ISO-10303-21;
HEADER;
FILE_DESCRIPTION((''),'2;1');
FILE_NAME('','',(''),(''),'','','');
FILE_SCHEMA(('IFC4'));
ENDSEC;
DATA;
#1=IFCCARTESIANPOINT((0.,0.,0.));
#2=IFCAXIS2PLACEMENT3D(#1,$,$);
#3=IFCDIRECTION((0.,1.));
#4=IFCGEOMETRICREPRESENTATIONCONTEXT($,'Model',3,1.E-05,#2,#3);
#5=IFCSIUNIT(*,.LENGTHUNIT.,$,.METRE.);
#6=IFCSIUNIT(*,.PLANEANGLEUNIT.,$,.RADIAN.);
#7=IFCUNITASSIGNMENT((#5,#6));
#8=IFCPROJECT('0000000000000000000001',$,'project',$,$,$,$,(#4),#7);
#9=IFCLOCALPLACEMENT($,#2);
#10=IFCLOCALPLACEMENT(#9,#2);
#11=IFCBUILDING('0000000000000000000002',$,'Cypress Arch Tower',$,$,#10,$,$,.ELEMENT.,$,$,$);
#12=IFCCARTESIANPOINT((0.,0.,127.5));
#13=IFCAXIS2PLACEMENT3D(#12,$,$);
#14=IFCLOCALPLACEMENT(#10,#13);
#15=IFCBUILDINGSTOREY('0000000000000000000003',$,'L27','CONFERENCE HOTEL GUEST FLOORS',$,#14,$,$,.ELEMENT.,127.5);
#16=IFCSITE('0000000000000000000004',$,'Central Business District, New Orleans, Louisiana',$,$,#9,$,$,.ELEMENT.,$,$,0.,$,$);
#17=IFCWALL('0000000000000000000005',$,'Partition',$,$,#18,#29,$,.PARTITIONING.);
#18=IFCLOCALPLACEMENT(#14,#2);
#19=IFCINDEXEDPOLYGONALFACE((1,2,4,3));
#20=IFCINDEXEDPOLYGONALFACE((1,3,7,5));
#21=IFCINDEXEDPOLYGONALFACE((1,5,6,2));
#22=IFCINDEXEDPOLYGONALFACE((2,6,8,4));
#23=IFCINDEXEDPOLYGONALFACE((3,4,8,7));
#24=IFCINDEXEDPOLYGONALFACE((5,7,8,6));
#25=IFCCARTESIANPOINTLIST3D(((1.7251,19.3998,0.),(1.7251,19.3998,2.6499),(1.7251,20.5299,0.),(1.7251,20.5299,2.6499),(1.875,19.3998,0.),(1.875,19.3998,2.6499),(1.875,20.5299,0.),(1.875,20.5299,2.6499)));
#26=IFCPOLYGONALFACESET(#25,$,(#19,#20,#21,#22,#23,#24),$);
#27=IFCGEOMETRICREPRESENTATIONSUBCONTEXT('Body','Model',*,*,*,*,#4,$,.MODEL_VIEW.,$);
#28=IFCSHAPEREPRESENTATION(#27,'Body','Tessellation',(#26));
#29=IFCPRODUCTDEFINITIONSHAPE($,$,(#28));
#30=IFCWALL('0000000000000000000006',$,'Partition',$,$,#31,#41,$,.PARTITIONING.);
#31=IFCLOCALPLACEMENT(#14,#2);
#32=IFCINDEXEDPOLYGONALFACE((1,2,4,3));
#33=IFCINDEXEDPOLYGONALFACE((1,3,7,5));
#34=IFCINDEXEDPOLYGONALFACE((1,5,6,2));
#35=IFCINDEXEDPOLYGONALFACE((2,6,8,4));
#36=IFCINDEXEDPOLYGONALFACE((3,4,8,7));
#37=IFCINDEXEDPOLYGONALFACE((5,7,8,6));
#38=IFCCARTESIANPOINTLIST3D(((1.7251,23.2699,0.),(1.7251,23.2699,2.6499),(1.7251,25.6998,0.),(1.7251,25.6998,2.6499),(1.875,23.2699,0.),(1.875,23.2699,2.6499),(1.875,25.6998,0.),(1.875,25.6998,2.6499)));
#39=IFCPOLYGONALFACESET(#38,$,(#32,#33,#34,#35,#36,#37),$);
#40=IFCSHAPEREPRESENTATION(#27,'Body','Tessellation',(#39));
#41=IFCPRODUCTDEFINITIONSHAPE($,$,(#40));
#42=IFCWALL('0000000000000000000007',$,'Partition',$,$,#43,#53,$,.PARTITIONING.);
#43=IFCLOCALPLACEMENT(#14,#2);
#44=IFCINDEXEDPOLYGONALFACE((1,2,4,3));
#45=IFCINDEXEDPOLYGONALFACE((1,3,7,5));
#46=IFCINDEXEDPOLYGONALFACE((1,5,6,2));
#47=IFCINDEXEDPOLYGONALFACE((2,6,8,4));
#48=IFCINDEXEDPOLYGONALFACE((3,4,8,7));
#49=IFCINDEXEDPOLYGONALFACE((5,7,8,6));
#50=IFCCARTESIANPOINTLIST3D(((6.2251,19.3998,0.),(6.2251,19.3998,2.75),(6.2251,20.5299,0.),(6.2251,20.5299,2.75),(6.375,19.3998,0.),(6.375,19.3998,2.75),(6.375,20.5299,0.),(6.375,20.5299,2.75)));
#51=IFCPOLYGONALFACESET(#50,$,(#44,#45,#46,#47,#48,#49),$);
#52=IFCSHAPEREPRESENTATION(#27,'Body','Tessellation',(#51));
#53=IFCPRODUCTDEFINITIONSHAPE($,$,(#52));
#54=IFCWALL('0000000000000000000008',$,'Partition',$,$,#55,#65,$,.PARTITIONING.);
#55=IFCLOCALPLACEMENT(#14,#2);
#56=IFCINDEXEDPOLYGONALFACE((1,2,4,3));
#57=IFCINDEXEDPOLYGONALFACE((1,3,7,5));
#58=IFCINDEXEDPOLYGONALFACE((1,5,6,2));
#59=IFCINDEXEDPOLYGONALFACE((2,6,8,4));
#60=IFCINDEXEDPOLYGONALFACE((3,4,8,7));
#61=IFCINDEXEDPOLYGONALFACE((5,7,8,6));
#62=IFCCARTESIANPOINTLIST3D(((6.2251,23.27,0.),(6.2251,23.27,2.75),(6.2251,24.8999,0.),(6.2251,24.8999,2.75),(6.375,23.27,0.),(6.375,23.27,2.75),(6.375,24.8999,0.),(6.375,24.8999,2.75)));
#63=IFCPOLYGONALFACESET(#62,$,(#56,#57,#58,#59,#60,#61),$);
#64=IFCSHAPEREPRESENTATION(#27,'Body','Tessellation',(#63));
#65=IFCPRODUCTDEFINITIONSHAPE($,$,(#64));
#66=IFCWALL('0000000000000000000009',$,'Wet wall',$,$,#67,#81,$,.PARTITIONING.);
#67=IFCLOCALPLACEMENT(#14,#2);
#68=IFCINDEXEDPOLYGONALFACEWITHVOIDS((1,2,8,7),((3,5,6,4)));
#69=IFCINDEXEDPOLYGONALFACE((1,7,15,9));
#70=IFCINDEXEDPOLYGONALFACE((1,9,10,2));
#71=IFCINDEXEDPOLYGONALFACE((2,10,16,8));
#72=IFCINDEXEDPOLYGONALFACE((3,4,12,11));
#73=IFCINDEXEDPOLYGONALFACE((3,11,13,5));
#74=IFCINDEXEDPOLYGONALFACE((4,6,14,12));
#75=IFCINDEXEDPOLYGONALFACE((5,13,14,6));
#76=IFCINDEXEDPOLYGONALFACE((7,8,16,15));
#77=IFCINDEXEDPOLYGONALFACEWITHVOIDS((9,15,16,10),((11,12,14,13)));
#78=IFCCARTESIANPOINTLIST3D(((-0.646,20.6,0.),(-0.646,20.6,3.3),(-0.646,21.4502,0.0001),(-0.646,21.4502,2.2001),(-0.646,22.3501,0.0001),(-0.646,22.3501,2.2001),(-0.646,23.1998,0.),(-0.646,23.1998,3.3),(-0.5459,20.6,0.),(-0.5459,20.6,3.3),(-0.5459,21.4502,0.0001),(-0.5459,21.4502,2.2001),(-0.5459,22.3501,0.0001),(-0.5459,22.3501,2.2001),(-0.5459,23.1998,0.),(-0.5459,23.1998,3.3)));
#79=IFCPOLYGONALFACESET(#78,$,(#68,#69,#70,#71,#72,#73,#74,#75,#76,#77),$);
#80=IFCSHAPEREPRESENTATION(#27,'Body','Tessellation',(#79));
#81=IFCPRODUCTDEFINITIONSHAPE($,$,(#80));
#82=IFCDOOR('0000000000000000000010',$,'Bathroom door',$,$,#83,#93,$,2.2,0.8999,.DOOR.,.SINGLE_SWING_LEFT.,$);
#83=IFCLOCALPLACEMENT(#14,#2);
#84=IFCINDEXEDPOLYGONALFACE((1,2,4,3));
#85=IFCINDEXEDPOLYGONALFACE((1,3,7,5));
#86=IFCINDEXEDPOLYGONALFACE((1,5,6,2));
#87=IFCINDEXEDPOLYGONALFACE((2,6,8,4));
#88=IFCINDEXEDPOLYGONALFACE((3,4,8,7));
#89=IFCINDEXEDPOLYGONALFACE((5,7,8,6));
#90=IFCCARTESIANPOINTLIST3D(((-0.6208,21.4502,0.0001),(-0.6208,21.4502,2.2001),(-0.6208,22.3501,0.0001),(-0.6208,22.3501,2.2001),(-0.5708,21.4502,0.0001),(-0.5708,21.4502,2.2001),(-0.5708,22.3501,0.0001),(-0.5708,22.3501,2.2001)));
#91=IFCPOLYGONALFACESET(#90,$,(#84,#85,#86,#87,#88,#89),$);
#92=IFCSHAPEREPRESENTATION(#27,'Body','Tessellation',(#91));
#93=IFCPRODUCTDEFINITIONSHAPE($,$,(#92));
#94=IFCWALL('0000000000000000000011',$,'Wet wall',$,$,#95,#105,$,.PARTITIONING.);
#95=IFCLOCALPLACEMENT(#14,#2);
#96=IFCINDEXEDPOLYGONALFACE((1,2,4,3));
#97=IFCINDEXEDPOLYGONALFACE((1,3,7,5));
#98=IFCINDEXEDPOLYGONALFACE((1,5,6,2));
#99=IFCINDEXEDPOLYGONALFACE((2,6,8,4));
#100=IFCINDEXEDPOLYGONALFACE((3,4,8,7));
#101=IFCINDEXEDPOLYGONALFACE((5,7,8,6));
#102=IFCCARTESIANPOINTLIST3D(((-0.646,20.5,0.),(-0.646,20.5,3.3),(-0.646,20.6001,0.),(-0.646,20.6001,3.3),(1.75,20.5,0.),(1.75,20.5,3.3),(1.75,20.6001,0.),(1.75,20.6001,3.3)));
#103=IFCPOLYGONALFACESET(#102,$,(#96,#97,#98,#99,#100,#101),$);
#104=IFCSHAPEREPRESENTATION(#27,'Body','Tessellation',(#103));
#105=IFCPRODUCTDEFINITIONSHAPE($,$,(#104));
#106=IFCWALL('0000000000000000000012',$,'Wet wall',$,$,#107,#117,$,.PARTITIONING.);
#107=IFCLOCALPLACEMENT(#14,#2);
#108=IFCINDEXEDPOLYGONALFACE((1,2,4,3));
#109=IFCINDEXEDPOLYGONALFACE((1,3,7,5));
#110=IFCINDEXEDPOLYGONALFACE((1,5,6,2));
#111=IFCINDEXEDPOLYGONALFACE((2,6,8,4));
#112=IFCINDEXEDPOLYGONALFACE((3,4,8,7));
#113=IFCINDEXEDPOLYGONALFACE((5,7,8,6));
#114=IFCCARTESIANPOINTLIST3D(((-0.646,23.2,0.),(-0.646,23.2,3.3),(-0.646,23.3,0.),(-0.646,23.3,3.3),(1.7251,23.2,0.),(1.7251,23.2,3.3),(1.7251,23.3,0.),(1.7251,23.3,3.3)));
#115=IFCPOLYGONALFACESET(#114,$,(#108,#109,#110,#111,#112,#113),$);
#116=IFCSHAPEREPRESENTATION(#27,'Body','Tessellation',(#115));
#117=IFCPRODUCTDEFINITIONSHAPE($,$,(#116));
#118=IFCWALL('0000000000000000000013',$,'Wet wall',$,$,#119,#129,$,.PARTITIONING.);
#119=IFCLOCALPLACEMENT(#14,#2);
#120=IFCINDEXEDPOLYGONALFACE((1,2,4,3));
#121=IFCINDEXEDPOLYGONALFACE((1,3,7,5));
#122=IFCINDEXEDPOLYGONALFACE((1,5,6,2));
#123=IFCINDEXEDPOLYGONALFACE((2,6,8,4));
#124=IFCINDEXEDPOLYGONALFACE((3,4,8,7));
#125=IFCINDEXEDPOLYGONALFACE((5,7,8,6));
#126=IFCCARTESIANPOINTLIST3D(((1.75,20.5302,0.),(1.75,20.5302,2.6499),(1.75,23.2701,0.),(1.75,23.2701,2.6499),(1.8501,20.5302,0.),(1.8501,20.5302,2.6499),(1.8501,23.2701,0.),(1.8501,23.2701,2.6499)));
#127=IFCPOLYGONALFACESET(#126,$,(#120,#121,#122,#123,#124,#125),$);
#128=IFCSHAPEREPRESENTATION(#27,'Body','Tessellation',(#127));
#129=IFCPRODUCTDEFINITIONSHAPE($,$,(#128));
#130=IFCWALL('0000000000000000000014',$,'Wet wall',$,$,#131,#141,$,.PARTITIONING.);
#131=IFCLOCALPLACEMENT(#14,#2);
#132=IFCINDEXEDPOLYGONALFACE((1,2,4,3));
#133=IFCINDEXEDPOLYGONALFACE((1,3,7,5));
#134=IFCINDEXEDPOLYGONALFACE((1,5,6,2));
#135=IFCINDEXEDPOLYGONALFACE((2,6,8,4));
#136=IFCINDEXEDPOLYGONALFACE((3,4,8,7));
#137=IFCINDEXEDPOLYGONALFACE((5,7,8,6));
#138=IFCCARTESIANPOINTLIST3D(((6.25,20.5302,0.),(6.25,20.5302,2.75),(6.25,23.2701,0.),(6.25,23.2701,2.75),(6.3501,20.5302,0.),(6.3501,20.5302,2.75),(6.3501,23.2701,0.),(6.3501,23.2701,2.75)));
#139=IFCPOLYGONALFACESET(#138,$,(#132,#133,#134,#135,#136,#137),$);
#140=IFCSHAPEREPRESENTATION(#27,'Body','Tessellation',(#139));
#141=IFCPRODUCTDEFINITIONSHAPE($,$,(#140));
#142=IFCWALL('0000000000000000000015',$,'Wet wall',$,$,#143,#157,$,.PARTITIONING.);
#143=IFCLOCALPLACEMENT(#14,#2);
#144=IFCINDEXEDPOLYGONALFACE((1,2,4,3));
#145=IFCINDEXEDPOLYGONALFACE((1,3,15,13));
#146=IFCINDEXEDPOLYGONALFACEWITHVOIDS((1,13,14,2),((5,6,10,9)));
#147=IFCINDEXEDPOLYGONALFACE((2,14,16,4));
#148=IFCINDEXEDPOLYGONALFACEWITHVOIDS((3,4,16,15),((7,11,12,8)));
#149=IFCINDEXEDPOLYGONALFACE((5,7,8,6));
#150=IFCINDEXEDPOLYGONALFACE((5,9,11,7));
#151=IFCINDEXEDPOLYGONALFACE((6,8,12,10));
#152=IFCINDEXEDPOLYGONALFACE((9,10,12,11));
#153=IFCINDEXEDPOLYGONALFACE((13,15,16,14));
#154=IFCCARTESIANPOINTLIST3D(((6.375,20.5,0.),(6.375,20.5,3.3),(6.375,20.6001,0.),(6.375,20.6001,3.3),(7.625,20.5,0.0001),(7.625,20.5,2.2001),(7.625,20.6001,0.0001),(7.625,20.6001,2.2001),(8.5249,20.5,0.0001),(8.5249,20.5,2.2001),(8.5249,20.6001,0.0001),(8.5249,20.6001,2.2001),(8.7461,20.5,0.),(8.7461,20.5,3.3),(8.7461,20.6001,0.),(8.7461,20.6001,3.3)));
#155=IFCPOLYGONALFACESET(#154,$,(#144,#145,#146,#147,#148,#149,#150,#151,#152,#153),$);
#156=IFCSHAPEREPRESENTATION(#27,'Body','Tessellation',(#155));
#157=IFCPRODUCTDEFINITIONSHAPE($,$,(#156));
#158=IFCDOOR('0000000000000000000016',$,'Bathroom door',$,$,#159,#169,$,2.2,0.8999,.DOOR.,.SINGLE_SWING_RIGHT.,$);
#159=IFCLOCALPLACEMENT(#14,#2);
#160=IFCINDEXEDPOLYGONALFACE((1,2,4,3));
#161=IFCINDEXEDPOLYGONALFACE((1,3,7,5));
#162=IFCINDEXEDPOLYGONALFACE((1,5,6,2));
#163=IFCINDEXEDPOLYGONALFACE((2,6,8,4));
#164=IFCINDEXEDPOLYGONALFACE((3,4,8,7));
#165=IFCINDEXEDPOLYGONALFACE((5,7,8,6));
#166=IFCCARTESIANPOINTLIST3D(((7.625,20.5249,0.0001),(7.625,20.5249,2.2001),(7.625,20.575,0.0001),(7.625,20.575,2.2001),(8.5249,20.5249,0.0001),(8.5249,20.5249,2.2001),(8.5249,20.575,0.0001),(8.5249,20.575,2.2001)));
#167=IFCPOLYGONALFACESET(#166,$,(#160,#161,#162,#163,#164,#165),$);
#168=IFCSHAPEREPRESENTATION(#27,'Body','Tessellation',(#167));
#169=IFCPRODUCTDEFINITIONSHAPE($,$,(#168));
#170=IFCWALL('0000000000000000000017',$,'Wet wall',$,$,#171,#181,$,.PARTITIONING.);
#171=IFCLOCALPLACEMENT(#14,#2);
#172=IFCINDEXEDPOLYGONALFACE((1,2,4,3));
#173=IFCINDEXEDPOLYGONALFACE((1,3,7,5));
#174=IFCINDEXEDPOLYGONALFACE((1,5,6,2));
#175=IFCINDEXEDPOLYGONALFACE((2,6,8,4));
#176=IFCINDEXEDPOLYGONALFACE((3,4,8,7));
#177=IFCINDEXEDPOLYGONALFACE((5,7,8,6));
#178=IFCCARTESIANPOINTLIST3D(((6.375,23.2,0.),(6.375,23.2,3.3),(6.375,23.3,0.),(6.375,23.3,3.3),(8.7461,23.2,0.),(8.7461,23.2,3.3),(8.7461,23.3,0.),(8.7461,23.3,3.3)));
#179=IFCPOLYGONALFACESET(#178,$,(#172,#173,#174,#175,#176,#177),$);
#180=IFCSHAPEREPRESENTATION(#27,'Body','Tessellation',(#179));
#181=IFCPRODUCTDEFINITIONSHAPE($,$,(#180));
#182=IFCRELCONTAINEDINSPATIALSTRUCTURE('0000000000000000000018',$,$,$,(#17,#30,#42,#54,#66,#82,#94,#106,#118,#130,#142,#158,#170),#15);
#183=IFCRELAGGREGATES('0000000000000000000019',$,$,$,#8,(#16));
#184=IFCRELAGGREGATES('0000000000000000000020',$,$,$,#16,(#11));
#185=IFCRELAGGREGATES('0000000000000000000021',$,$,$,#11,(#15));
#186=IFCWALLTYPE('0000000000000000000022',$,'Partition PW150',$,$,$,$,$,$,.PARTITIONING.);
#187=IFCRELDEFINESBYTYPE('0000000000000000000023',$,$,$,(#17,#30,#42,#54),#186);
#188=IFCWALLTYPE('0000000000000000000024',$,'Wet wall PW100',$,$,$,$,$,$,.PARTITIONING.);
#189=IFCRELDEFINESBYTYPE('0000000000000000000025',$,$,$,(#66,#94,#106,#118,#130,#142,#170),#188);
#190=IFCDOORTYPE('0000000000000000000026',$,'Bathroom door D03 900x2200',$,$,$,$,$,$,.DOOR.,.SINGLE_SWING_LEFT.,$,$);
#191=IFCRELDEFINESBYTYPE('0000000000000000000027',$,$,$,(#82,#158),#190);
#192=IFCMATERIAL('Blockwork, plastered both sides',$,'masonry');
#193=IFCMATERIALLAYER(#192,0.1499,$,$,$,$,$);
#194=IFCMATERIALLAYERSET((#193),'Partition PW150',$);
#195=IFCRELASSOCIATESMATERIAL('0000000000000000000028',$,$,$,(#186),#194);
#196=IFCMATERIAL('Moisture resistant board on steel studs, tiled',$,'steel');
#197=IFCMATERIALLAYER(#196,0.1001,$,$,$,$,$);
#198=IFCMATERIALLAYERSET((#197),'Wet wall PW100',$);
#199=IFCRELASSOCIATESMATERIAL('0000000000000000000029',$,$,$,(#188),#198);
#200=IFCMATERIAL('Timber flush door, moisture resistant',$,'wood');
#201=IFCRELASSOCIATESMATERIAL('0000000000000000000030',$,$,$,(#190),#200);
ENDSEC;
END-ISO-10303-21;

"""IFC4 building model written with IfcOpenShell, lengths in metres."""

from ifc_helpers import new_model, si_unit, direction, frame, frame_2d, origin, place, context, subcontext, project, spatial, rectangle, extrude, material, layer, layer_set, type_object, element, fill, save


model = new_model("IFC4")

# Units and contexts
model_context = context("Model", 3, precision=1e-05, world=origin(), true_north=direction((0.0, 1.0)))
body_context = subcontext(model_context, "Body", "Model", "MODEL_VIEW")
ifc_project = project(units=[si_unit("LENGTHUNIT", "METRE"), si_unit("PLANEANGLEUNIT", "RADIAN")], contexts=[model_context])

# Site, building, storey
site_placement = place(None, origin())
site = spatial("IfcSite", under=ifc_project, at=site_placement, Name="Central Business District, New Orleans, Louisiana", CompositionType="ELEMENT", RefElevation=0.0)
building_placement = place(site_placement, origin())
building = spatial("IfcBuilding", under=site, at=building_placement, Name="Cypress Arch Tower", CompositionType="ELEMENT")
storey_placement = place(building_placement, frame((0.0, 0.0, 127.5)))
storey = spatial("IfcBuildingStorey", under=building, at=storey_placement, Name="L27", Description="CONFERENCE HOTEL GUEST FLOORS", CompositionType="ELEMENT", Elevation=127.5)

# Walls
ifc_material_1 = material(Name="Blockwork, plastered both sides", Category="masonry")
ifc_layer_1 = layer(ifc_material_1, 0.1499)
ifc_layer_set_1 = layer_set([ifc_layer_1], Name="Partition PW150")
wall_type_1 = type_object("IfcWallType", Name="Partition PW150", PredefinedType="PARTITIONING", material=ifc_layer_set_1)
wall_1_placement = place(storey_placement, frame((1.8, 19.3999, 0.0), z_axis=(0.0, 0.0, 1.0), x_axis=(0.0, 1.0, 0.0)))
element("IfcWall", 1, at=wall_1_placement, inside=storey, type_object=wall_type_1, Name="Partition", PredefinedType="PARTITIONING", context=body_context, shape_type="SweptSolid", body=[
    extrude(rectangle(XDim=1.1301, YDim=0.1499, at=frame_2d((0.5649, 0.0))), origin(), (0.0, 0.0, 1.0), 2.6499),
])
wall_2_placement = place(storey_placement, frame((1.8, 23.27, 0.0), z_axis=(0.0, 0.0, 1.0), x_axis=(0.0, 1.0, 0.0)))
element("IfcWall", 2, at=wall_2_placement, inside=storey, type_object=wall_type_1, Name="Partition", PredefinedType="PARTITIONING", context=body_context, shape_type="SweptSolid", body=[
    extrude(rectangle(XDim=2.4299, YDim=0.1499, at=frame_2d((1.2148, 0.0))), origin(), (0.0, 0.0, 1.0), 2.6499),
])
wall_3_placement = place(storey_placement, frame((6.3, 19.3999, 0.0), z_axis=(0.0, 0.0, 1.0), x_axis=(0.0, 1.0, 0.0)))
element("IfcWall", 3, at=wall_3_placement, inside=storey, type_object=wall_type_1, Name="Partition", PredefinedType="PARTITIONING", context=body_context, shape_type="SweptSolid", body=[
    extrude(rectangle(XDim=1.1301, YDim=0.1499, at=frame_2d((0.5649, 0.0))), origin(), (0.0, 0.0, 1.0), 2.75),
])
wall_4_placement = place(storey_placement, frame((6.3, 23.27, 0.0), z_axis=(0.0, 0.0, 1.0), x_axis=(0.0, 1.0, 0.0)))
element("IfcWall", 4, at=wall_4_placement, inside=storey, type_object=wall_type_1, Name="Partition", PredefinedType="PARTITIONING", context=body_context, shape_type="SweptSolid", body=[
    extrude(rectangle(XDim=1.6299, YDim=0.1499, at=frame_2d((0.8149, 0.0))), origin(), (0.0, 0.0, 1.0), 2.75),
])

# Wall, opening, door
ifc_material_2 = material(Name="Moisture resistant board on steel studs, tiled", Category="steel")
ifc_layer_2 = layer(ifc_material_2, 0.1001)
ifc_layer_set_2 = layer_set([ifc_layer_2], Name="Wet wall PW100")
wall_type_2 = type_object("IfcWallType", Name="Wet wall PW100", PredefinedType="PARTITIONING", material=ifc_layer_set_2)
wall_5_placement = place(storey_placement, frame((-0.5959, 20.6001, 0.0), z_axis=(0.0, 0.0, 1.0), x_axis=(0.0, 1.0, 0.0)))
wall_5 = element("IfcWall", 5, at=wall_5_placement, inside=storey, type_object=wall_type_2, Name="Wet wall", PredefinedType="PARTITIONING", context=body_context, shape_type="SweptSolid", body=[
    extrude(rectangle(XDim=2.5999, YDim=0.1001, at=frame_2d((1.2998, 0.0))), origin(), (0.0, 0.0, 1.0), 3.3),
])
opening_1_placement = place(wall_5_placement, frame((0.8501, 0.0, 0.0)))
opening_1 = element("IfcOpeningElement", 6, at=opening_1_placement, cuts=wall_5, PredefinedType="OPENING", context=body_context, shape_type="SweptSolid", body=[
    extrude(rectangle(XDim=0.8999, YDim=2.2, at=frame_2d((0.45, 1.1001))), frame((0.0, 0.0601, 0.0), z_axis=(0.0, -1.0, 0.0), x_axis=(1.0, 0.0, 0.0)), (0.0, 0.0, 1.0), 0.1201),
])
ifc_material_3 = material(Name="Timber flush door, moisture resistant", Category="wood")
door_type_1 = type_object("IfcDoorType", Name="Bathroom door D03 900x2200", OperationType="SINGLE_SWING_LEFT", PredefinedType="DOOR", material=ifc_material_3)
door_1_placement = place(opening_1_placement, origin())
door_1 = element("IfcDoor", 7, at=door_1_placement, inside=storey, type_object=door_type_1, Name="Bathroom door", OperationType="SINGLE_SWING_LEFT", OverallHeight=2.2, OverallWidth=0.8999, PredefinedType="DOOR", context=body_context, shape_type="SweptSolid", body=[
    extrude(rectangle(XDim=0.8999, YDim=2.2, at=frame_2d((0.45, 1.1001))), frame((0.0, 0.0249, 0.0), z_axis=(0.0, -1.0, 0.0), x_axis=(1.0, 0.0, 0.0)), (0.0, 0.0, 1.0), 0.05),
])
fill(opening_1, door_1)

# Walls
wall_6_placement = place(storey_placement, frame((-0.646, 20.55, 0.0), z_axis=(0.0, 0.0, 1.0), x_axis=(1.0, 0.0, 0.0)))
element("IfcWall", 8, at=wall_6_placement, inside=storey, type_object=wall_type_2, Name="Wet wall", PredefinedType="PARTITIONING", context=body_context, shape_type="SweptSolid", body=[
    extrude(rectangle(XDim=2.396, YDim=0.1001, at=frame_2d((1.198, 0.0))), origin(), (0.0, 0.0, 1.0), 3.3),
])
wall_7_placement = place(storey_placement, frame((-0.646, 23.25, 0.0), z_axis=(0.0, 0.0, 1.0), x_axis=(1.0, 0.0, 0.0)))
element("IfcWall", 9, at=wall_7_placement, inside=storey, type_object=wall_type_2, Name="Wet wall", PredefinedType="PARTITIONING", context=body_context, shape_type="SweptSolid", body=[
    extrude(rectangle(XDim=2.3711, YDim=0.1001, at=frame_2d((1.1855, 0.0))), origin(), (0.0, 0.0, 1.0), 3.3),
])
wall_8_placement = place(storey_placement, frame((1.8, 20.53, 0.0), z_axis=(0.0, 0.0, 1.0), x_axis=(0.0, 1.0, 0.0)))
element("IfcWall", 10, at=wall_8_placement, inside=storey, type_object=wall_type_2, Name="Wet wall", PredefinedType="PARTITIONING", context=body_context, shape_type="SweptSolid", body=[
    extrude(rectangle(XDim=2.74, YDim=0.1001, at=frame_2d((1.3701, 0.0))), origin(), (0.0, 0.0, 1.0), 2.6499),
])
wall_9_placement = place(storey_placement, frame((6.3, 20.53, 0.0), z_axis=(0.0, 0.0, 1.0), x_axis=(0.0, 1.0, 0.0)))
element("IfcWall", 11, at=wall_9_placement, inside=storey, type_object=wall_type_2, Name="Wet wall", PredefinedType="PARTITIONING", context=body_context, shape_type="SweptSolid", body=[
    extrude(rectangle(XDim=2.74, YDim=0.1001, at=frame_2d((1.3701, 0.0))), origin(), (0.0, 0.0, 1.0), 2.75),
])

# Wall, opening, door
wall_10_placement = place(storey_placement, frame((6.375, 20.55, 0.0), z_axis=(0.0, 0.0, 1.0), x_axis=(1.0, 0.0, 0.0)))
wall_10 = element("IfcWall", 12, at=wall_10_placement, inside=storey, type_object=wall_type_2, Name="Wet wall", PredefinedType="PARTITIONING", context=body_context, shape_type="SweptSolid", body=[
    extrude(rectangle(XDim=2.3711, YDim=0.1001, at=frame_2d((1.1855, 0.0))), origin(), (0.0, 0.0, 1.0), 3.3),
])
opening_2_placement = place(wall_10_placement, frame((1.25, 0.0, 0.0)))
opening_2 = element("IfcOpeningElement", 13, at=opening_2_placement, cuts=wall_10, PredefinedType="OPENING", context=body_context, shape_type="SweptSolid", body=[
    extrude(rectangle(XDim=0.8999, YDim=2.2, at=frame_2d((0.45, 1.1001))), frame((0.0, 0.0601, 0.0), z_axis=(0.0, -1.0, 0.0), x_axis=(1.0, 0.0, 0.0)), (0.0, 0.0, 1.0), 0.1201),
])
door_2_placement = place(opening_2_placement, origin())
door_2 = element("IfcDoor", 14, at=door_2_placement, inside=storey, type_object=door_type_1, Name="Bathroom door", OperationType="SINGLE_SWING_RIGHT", OverallHeight=2.2, OverallWidth=0.8999, PredefinedType="DOOR", context=body_context, shape_type="SweptSolid", body=[
    extrude(rectangle(XDim=0.8999, YDim=2.2, at=frame_2d((0.45, 1.1001))), frame((0.0, 0.0249, 0.0), z_axis=(0.0, -1.0, 0.0), x_axis=(1.0, 0.0, 0.0)), (0.0, 0.0, 1.0), 0.05),
])
fill(opening_2, door_2)

# Wall
wall_11_placement = place(storey_placement, frame((6.375, 23.25, 0.0), z_axis=(0.0, 0.0, 1.0), x_axis=(1.0, 0.0, 0.0)))
element("IfcWall", 15, at=wall_11_placement, inside=storey, type_object=wall_type_2, Name="Wet wall", PredefinedType="PARTITIONING", context=body_context, shape_type="SweptSolid", body=[
    extrude(rectangle(XDim=2.3711, YDim=0.1001, at=frame_2d((1.1855, 0.0))), origin(), (0.0, 0.0, 1.0), 3.3),
])

save(model, "model.ifc")
